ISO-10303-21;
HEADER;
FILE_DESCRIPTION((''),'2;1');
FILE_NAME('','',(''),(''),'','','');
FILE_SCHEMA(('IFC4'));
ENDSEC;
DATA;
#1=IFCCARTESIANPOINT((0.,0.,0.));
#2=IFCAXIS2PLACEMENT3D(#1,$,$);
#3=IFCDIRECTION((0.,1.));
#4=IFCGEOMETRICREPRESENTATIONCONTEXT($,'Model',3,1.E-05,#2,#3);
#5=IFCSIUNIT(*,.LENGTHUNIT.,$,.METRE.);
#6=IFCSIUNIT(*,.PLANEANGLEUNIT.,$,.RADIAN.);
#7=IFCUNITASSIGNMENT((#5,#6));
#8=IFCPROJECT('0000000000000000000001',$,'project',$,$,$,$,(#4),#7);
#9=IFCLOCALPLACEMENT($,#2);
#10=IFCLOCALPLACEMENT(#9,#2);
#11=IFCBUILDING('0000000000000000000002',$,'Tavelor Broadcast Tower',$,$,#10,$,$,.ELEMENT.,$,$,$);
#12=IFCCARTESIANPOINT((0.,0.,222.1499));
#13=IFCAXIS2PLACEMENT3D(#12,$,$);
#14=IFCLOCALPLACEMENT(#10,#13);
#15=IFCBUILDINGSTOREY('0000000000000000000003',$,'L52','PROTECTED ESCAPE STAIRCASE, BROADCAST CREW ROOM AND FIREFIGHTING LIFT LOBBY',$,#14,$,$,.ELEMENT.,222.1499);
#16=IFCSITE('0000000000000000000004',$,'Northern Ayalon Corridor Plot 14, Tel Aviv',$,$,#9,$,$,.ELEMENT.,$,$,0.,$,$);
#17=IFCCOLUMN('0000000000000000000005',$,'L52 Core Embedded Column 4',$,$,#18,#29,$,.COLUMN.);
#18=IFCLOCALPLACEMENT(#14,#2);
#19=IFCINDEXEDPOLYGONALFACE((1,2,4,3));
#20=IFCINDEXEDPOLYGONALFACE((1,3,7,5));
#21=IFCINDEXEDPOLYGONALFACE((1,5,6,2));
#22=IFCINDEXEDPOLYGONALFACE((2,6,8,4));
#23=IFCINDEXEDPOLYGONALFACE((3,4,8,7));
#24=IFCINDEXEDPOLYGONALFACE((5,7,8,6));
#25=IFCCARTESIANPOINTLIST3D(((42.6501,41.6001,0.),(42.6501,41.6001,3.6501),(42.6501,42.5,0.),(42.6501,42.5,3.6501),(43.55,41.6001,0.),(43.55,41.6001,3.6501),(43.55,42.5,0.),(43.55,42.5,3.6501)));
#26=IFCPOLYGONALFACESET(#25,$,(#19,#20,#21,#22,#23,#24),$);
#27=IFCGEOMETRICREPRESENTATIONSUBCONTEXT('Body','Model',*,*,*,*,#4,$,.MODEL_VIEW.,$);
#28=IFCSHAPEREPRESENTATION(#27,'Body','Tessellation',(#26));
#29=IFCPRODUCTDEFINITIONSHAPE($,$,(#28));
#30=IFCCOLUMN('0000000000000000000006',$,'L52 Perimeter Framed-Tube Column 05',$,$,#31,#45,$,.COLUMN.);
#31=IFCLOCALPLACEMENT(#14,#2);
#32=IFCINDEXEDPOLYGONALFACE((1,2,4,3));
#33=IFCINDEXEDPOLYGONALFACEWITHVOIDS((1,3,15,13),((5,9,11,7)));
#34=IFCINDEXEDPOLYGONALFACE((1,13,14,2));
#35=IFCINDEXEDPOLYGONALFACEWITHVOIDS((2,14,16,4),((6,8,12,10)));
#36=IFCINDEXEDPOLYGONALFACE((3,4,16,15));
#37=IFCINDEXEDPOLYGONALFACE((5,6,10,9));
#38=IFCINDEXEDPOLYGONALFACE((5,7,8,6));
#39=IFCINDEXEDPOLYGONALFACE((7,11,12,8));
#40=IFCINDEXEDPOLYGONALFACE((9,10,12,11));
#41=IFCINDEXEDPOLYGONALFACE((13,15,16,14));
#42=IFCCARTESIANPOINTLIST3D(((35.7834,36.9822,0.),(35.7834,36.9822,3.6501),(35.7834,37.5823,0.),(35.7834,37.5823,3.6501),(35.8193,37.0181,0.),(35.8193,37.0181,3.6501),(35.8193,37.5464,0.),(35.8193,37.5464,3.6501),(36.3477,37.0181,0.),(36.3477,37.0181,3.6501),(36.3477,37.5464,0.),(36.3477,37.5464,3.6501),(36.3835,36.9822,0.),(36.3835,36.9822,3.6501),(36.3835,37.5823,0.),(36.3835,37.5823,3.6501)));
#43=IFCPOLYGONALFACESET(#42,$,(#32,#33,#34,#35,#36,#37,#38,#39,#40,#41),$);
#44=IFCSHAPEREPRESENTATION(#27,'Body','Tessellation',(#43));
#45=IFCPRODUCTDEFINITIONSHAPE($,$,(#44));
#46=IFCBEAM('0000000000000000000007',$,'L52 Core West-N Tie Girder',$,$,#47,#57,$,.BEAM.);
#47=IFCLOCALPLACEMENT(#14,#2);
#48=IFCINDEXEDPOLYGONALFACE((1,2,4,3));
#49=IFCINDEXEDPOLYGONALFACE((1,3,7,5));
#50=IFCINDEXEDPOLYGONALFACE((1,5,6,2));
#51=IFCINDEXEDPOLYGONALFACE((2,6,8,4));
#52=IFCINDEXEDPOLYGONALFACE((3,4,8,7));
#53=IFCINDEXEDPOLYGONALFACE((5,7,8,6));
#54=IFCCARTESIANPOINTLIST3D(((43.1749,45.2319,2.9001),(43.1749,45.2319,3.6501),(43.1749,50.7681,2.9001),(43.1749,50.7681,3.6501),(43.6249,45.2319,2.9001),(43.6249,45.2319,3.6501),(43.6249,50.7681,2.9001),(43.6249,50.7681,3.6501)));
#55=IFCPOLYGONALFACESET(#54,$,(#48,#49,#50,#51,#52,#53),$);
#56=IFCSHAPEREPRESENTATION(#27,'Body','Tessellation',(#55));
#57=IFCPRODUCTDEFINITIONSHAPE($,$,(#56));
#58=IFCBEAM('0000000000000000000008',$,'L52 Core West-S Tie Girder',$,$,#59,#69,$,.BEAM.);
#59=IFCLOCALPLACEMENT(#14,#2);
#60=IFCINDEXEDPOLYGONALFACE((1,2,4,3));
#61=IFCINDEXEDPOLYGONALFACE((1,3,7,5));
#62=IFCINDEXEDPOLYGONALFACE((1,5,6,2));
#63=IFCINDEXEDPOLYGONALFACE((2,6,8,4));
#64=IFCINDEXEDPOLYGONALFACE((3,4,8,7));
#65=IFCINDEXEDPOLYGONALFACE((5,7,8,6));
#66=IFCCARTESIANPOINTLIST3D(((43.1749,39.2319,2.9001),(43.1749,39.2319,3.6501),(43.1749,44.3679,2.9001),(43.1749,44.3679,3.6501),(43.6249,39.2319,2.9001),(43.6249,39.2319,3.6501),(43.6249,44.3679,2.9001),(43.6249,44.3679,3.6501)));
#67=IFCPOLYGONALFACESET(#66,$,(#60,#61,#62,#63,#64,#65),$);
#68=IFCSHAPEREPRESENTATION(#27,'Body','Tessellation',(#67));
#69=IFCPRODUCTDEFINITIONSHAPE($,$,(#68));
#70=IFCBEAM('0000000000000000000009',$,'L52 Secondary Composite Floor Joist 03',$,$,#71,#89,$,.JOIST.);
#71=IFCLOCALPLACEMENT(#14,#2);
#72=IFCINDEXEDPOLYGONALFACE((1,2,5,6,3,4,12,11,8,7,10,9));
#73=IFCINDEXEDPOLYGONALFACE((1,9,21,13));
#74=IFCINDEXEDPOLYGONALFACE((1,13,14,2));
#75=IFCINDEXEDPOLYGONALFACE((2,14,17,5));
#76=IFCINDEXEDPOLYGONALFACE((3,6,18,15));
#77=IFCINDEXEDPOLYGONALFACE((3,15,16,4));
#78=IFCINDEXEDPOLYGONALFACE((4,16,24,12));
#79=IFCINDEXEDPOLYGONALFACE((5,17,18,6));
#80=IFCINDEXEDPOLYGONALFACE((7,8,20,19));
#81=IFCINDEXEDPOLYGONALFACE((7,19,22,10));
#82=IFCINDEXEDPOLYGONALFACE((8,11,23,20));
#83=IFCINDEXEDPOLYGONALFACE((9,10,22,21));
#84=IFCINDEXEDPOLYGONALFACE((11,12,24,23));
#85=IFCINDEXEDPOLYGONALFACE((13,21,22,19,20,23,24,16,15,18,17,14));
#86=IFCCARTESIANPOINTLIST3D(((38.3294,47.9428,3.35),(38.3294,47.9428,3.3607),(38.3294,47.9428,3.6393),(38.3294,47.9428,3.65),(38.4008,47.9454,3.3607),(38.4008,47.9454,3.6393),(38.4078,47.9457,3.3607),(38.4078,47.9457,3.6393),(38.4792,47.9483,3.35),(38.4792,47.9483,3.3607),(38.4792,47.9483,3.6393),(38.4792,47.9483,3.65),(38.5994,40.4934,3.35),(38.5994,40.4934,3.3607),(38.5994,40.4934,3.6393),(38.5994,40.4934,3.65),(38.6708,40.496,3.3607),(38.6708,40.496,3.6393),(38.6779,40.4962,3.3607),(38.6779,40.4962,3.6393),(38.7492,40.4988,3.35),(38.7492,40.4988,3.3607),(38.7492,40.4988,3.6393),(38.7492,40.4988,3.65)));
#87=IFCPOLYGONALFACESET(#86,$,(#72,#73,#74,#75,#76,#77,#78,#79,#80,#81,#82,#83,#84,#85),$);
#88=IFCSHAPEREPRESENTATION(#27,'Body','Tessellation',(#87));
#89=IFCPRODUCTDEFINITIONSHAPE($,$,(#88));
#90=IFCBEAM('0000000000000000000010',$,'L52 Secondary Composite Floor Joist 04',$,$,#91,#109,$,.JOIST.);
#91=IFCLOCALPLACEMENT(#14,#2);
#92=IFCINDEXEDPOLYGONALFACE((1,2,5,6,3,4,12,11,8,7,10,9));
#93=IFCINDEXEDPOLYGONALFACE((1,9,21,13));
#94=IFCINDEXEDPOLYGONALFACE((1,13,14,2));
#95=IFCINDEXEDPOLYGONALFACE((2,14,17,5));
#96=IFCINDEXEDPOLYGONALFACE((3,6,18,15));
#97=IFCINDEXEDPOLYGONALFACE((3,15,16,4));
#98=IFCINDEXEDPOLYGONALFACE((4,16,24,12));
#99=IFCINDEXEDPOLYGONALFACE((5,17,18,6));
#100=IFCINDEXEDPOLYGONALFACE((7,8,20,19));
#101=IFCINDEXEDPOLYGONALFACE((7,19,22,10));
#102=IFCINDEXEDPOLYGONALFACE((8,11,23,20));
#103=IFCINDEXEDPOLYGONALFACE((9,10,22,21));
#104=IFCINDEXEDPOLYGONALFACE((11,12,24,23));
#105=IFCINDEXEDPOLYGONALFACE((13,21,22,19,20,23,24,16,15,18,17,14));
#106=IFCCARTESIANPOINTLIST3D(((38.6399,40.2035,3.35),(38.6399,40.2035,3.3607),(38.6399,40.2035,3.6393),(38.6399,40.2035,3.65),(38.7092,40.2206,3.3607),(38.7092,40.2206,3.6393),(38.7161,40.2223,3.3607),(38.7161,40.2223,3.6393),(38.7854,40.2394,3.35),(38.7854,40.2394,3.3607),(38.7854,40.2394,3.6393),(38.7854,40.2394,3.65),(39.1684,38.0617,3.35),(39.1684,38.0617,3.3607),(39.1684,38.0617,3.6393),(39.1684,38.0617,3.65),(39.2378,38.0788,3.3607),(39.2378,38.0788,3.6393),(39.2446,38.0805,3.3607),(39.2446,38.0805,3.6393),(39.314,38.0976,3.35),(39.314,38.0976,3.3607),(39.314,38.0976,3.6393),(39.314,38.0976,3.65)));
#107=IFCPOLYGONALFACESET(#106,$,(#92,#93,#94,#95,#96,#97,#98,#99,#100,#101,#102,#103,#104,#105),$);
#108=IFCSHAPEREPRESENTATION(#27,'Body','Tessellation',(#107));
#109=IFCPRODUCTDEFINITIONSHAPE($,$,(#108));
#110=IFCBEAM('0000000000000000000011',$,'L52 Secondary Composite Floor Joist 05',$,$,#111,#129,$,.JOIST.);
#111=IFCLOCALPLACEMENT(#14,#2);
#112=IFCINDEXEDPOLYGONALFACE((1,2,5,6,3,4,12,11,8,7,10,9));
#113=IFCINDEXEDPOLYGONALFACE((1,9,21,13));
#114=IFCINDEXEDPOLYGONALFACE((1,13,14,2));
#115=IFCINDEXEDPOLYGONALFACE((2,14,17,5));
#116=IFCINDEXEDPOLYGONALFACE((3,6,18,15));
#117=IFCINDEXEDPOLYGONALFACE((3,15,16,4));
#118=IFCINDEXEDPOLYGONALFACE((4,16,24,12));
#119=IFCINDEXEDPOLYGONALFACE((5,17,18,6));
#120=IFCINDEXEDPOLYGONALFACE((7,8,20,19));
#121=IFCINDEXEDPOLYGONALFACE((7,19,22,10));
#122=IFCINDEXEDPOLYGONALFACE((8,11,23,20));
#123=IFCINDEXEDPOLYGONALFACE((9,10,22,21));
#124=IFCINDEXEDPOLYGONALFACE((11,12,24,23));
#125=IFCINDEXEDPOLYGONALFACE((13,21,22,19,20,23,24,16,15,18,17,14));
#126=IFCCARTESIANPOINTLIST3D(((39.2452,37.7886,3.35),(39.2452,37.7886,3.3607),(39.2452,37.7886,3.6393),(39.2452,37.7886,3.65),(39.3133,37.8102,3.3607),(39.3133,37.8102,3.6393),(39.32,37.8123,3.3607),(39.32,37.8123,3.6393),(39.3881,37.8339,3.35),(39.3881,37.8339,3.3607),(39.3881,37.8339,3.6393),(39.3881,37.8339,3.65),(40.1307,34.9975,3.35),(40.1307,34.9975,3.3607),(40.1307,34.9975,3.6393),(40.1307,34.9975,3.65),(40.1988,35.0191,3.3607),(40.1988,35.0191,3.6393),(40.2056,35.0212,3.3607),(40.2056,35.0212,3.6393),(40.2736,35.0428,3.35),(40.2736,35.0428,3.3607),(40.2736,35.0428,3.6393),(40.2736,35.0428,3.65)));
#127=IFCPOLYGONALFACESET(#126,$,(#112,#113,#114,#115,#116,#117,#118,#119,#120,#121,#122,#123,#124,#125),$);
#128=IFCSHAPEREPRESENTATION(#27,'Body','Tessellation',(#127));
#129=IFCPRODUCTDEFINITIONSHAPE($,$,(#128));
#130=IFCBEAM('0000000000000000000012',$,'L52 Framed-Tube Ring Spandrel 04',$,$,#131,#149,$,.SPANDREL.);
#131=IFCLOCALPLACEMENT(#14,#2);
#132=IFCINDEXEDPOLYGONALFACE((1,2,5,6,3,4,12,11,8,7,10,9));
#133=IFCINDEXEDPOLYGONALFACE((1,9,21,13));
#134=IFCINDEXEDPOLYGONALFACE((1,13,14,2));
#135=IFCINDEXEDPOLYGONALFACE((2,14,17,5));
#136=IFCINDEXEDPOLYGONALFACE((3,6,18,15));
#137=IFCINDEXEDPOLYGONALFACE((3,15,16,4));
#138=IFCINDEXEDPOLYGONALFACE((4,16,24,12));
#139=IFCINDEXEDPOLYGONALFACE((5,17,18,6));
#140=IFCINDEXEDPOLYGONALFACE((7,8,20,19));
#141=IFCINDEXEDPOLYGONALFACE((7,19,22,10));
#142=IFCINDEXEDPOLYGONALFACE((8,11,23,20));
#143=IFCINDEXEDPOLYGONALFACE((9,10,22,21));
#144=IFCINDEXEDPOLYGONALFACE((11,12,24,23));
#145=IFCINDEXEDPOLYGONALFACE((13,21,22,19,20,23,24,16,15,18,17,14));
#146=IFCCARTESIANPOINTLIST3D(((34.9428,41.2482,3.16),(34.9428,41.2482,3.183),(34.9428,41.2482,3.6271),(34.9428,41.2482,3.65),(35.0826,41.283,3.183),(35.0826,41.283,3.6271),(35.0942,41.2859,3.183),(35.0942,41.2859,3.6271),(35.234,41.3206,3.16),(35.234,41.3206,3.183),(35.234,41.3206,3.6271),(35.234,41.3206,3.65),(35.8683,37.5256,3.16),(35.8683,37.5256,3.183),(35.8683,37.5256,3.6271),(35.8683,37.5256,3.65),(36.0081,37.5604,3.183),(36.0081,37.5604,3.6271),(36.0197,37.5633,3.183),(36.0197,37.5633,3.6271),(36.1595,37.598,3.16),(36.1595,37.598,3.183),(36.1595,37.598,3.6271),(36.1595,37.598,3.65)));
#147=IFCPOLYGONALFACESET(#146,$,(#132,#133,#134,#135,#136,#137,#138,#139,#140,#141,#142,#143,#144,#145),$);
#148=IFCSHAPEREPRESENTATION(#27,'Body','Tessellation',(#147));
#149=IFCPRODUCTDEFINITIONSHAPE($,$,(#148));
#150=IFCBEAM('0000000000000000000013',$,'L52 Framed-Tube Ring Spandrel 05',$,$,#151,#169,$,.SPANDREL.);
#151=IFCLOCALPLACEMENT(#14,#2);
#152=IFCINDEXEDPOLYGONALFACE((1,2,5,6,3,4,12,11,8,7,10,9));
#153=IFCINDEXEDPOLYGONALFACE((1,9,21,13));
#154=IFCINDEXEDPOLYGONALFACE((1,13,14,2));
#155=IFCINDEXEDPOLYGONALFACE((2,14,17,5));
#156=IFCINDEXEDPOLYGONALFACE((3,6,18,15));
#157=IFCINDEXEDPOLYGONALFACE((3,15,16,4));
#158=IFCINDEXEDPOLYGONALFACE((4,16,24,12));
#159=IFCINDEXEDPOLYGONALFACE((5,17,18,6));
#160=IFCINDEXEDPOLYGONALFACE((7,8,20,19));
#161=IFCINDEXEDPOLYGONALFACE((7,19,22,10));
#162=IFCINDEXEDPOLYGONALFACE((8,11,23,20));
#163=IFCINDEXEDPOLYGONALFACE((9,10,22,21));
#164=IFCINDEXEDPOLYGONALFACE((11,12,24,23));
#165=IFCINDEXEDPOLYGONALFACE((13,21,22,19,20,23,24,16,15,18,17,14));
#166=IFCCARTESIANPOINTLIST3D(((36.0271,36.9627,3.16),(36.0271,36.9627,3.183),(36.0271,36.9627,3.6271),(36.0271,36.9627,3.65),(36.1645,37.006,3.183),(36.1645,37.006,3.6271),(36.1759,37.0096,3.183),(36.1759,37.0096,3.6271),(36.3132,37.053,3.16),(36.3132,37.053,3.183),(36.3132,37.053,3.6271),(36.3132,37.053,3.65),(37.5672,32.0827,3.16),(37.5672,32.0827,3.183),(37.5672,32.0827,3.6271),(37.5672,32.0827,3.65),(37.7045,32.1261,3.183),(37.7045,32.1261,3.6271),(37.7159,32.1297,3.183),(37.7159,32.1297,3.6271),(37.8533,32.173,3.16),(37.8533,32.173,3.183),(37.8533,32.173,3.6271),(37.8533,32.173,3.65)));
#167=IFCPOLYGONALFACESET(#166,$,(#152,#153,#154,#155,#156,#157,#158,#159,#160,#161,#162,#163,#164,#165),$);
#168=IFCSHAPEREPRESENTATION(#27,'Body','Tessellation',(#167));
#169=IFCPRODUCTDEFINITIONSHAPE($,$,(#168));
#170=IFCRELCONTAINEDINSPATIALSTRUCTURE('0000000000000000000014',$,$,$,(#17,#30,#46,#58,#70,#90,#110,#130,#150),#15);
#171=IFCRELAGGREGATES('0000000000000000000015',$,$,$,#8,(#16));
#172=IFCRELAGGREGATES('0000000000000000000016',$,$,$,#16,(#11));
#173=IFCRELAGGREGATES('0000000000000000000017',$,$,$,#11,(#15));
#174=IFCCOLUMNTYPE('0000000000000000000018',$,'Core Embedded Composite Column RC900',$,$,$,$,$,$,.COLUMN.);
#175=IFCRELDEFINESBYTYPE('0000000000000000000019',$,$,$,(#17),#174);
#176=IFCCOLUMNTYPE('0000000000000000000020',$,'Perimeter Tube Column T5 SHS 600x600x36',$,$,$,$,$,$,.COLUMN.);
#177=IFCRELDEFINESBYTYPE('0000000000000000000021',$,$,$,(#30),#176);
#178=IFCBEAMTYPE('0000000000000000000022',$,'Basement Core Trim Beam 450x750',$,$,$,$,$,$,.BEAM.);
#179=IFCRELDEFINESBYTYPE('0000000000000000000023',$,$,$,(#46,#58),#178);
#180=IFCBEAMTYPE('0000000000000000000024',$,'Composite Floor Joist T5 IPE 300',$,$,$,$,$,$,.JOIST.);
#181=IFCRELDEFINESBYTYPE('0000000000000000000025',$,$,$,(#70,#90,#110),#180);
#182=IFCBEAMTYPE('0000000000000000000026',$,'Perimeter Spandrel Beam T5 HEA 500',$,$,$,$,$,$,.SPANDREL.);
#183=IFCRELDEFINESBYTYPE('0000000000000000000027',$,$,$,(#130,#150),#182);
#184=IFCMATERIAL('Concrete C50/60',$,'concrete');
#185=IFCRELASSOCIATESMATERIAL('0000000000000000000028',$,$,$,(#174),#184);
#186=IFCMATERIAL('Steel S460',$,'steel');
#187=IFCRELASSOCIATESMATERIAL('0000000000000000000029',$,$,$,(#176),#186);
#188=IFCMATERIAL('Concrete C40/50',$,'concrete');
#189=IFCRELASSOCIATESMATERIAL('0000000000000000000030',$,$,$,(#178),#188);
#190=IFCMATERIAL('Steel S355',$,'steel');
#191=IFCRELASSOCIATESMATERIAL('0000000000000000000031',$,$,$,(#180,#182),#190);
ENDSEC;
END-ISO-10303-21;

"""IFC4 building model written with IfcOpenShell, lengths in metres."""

from ifc_helpers import new_model, si_unit, direction, frame, origin, origin_2d, place, context, subcontext, project, spatial, rectangle, hollow_rectangle, i_section, extrude, material, material_profile, profile_set, type_object, element, save


model = new_model("IFC4")

# Units and contexts
model_context = context("Model", 3, precision=1e-05, world=origin(), true_north=direction((0.0, 1.0)))
body_context = subcontext(model_context, "Body", "Model", "MODEL_VIEW")
ifc_project = project(units=[si_unit("LENGTHUNIT", "METRE"), si_unit("PLANEANGLEUNIT", "RADIAN")], contexts=[model_context])

# Site, building, storey
site_placement = place(None, origin())
site = spatial("IfcSite", under=ifc_project, at=site_placement, Name="Northern Ayalon Corridor Plot 14, Tel Aviv", CompositionType="ELEMENT", RefElevation=0.0)
building_placement = place(site_placement, origin())
building = spatial("IfcBuilding", under=site, at=building_placement, Name="Tavelor Broadcast Tower", CompositionType="ELEMENT")
storey_placement = place(building_placement, frame((0.0, 0.0, 222.1499)))
storey = spatial("IfcBuildingStorey", under=building, at=storey_placement, Name="L52", Description="PROTECTED ESCAPE STAIRCASE, BROADCAST CREW ROOM AND FIREFIGHTING LIFT LOBBY", CompositionType="ELEMENT", Elevation=222.1499)

# Columns
ifc_material_1 = material(Name="Concrete C50/60", Category="concrete")
ifc_material_profile_1 = material_profile(ifc_material_1, rectangle(XDim=0.8999, YDim=0.8999, at=origin_2d()), Name="RC 900x900")
ifc_profile_set_1 = profile_set([ifc_material_profile_1], Name="Concrete C50/60")
column_type_1 = type_object("IfcColumnType", Name="Core Embedded Composite Column RC900", PredefinedType="COLUMN", material=ifc_profile_set_1)
column_1_placement = place(storey_placement, frame((43.1001, 42.05, 0.0), z_axis=(0.0, 0.0, 1.0), x_axis=(1.0, 0.0, 0.0)))
element("IfcColumn", 1, at=column_1_placement, inside=storey, type_object=column_type_1, Name="L52 Core Embedded Column 4", PredefinedType="COLUMN", context=body_context, shape_type="SweptSolid", body=[
    extrude(rectangle(XDim=0.8999, YDim=0.8999, at=origin_2d()), origin(), (0.0, 0.0, 1.0), 3.6501),
])
ifc_material_2 = material(Name="Steel S460", Category="steel")
ifc_material_profile_2 = material_profile(ifc_material_2, hollow_rectangle(XDim=0.6001, YDim=0.6001, WallThickness=0.0359, at=origin_2d()), Name="SHS 600x600x36")
ifc_profile_set_2 = profile_set([ifc_material_profile_2], Name="Steel S460")
column_type_2 = type_object("IfcColumnType", Name="Perimeter Tube Column T5 SHS 600x600x36", PredefinedType="COLUMN", material=ifc_profile_set_2)
column_2_placement = place(storey_placement, frame((36.0835, 37.2822, 0.0), z_axis=(0.0, 0.0, 1.0), x_axis=(1.0, 0.0, 0.0)))
element("IfcColumn", 2, at=column_2_placement, inside=storey, type_object=column_type_2, Name="L52 Perimeter Framed-Tube Column 05", PredefinedType="COLUMN", context=body_context, shape_type="SweptSolid", body=[
    extrude(hollow_rectangle(XDim=0.6001, YDim=0.6001, WallThickness=0.0359, at=origin_2d()), origin(), (0.0, 0.0, 1.0), 3.6501),
])

# Beams
ifc_material_3 = material(Name="Concrete C40/50", Category="concrete")
ifc_material_profile_3 = material_profile(ifc_material_3, rectangle(XDim=0.45, YDim=0.75, at=origin_2d()), Name="RC 450x750")
ifc_profile_set_3 = profile_set([ifc_material_profile_3], Name="Concrete C40/50")
beam_type_1 = type_object("IfcBeamType", Name="Basement Core Trim Beam 450x750", PredefinedType="BEAM", material=ifc_profile_set_3)
beam_1_placement = place(storey_placement, frame((43.3999, 45.2319, 3.2751), z_axis=(0.0, 1.0, 0.0), x_axis=(-1.0, 0.0, 0.0)))
element("IfcBeam", 3, at=beam_1_placement, inside=storey, type_object=beam_type_1, Name="L52 Core West-N Tie Girder", PredefinedType="BEAM", context=body_context, shape_type="SweptSolid", body=[
    extrude(rectangle(XDim=0.45, YDim=0.75, at=origin_2d()), origin(), (0.0, 0.0, 1.0), 5.5361),
])
beam_2_placement = place(storey_placement, frame((43.3999, 39.2319, 3.2751), z_axis=(0.0, 1.0, 0.0), x_axis=(-1.0, 0.0, 0.0)))
element("IfcBeam", 4, at=beam_2_placement, inside=storey, type_object=beam_type_1, Name="L52 Core West-S Tie Girder", PredefinedType="BEAM", context=body_context, shape_type="SweptSolid", body=[
    extrude(rectangle(XDim=0.45, YDim=0.75, at=origin_2d()), origin(), (0.0, 0.0, 1.0), 5.136),
])
ifc_material_4 = material(Name="Steel S355", Category="steel")
ifc_material_profile_4 = material_profile(ifc_material_4, i_section(OverallWidth=0.1499, OverallDepth=0.3, WebThickness=0.0071, FlangeThickness=0.0107, at=origin_2d()), Name="IPE 300")
ifc_profile_set_4 = profile_set([ifc_material_profile_4], Name="Steel S355")
beam_type_2 = type_object("IfcBeamType", Name="Composite Floor Joist T5 IPE 300", PredefinedType="JOIST", material=ifc_profile_set_4)
beam_3_placement = place(storey_placement, frame((38.4043, 47.9456, 3.5), z_axis=(0.036223, -0.999344, 0.0), x_axis=(0.999344, 0.036223, 0.0)))
element("IfcBeam", 5, at=beam_3_placement, inside=storey, type_object=beam_type_2, Name="L52 Secondary Composite Floor Joist 03", PredefinedType="JOIST", context=body_context, shape_type="SweptSolid", body=[
    extrude(i_section(OverallWidth=0.1499, OverallDepth=0.3, WebThickness=0.0071, FlangeThickness=0.0107, at=origin_2d()), origin(), (0.0, 0.0, 1.0), 7.4543),
])
beam_4_placement = place(storey_placement, frame((38.7126, 40.2214, 3.5), z_axis=(0.239592, -0.970874, 0.0), x_axis=(0.970874, 0.239592, 0.0)))
element("IfcBeam", 6, at=beam_4_placement, inside=storey, type_object=beam_type_2, Name="L52 Secondary Composite Floor Joist 04", PredefinedType="JOIST", context=body_context, shape_type="SweptSolid", body=[
    extrude(i_section(OverallWidth=0.1499, OverallDepth=0.3, WebThickness=0.0071, FlangeThickness=0.0107, at=origin_2d()), origin(), (0.0, 0.0, 1.0), 2.2061),
])
beam_5_placement = place(storey_placement, frame((39.3167, 37.8113, 3.5), z_axis=(0.302412, -0.953177, 0.0), x_axis=(0.953177, 0.302412, 0.0)))
element("IfcBeam", 7, at=beam_5_placement, inside=storey, type_object=beam_type_2, Name="L52 Secondary Composite Floor Joist 05", PredefinedType="JOIST", context=body_context, shape_type="SweptSolid", body=[
    extrude(i_section(OverallWidth=0.1499, OverallDepth=0.3, WebThickness=0.0071, FlangeThickness=0.0107, at=origin_2d()), origin(), (0.0, 0.0, 1.0), 2.9282),
])
ifc_material_profile_5 = material_profile(ifc_material_4, i_section(OverallWidth=0.3, OverallDepth=0.49, WebThickness=0.012, FlangeThickness=0.0229, at=origin_2d()), Name="HEA 500")
ifc_profile_set_5 = profile_set([ifc_material_profile_5], Name="Steel S355")
beam_type_3 = type_object("IfcBeamType", Name="Perimeter Spandrel Beam T5 HEA 500", PredefinedType="SPANDREL", material=ifc_profile_set_5)
beam_6_placement = place(storey_placement, frame((35.0884, 41.2844, 3.405), z_axis=(0.241278, -0.970456, 0.0), x_axis=(0.970456, 0.241278, 0.0)))
element("IfcBeam", 8, at=beam_6_placement, inside=storey, type_object=beam_type_3, Name="L52 Framed-Tube Ring Spandrel 04", PredefinedType="SPANDREL", context=body_context, shape_type="SweptSolid", body=[
    extrude(i_section(OverallWidth=0.3, OverallDepth=0.49, WebThickness=0.012, FlangeThickness=0.0229, at=origin_2d()), origin(), (0.0, 0.0, 1.0), 3.8359),
])
beam_7_placement = place(storey_placement, frame((36.1702, 37.0078, 3.405), z_axis=(0.300958, -0.953637, 0.0), x_axis=(0.953637, 0.300958, 0.0)))
element("IfcBeam", 9, at=beam_7_placement, inside=storey, type_object=beam_type_3, Name="L52 Framed-Tube Ring Spandrel 05", PredefinedType="SPANDREL", context=body_context, shape_type="SweptSolid", body=[
    extrude(i_section(OverallWidth=0.3, OverallDepth=0.49, WebThickness=0.012, FlangeThickness=0.0229, at=origin_2d()), origin(), (0.0, 0.0, 1.0), 5.1172),
])

save(model, "model.ifc")
